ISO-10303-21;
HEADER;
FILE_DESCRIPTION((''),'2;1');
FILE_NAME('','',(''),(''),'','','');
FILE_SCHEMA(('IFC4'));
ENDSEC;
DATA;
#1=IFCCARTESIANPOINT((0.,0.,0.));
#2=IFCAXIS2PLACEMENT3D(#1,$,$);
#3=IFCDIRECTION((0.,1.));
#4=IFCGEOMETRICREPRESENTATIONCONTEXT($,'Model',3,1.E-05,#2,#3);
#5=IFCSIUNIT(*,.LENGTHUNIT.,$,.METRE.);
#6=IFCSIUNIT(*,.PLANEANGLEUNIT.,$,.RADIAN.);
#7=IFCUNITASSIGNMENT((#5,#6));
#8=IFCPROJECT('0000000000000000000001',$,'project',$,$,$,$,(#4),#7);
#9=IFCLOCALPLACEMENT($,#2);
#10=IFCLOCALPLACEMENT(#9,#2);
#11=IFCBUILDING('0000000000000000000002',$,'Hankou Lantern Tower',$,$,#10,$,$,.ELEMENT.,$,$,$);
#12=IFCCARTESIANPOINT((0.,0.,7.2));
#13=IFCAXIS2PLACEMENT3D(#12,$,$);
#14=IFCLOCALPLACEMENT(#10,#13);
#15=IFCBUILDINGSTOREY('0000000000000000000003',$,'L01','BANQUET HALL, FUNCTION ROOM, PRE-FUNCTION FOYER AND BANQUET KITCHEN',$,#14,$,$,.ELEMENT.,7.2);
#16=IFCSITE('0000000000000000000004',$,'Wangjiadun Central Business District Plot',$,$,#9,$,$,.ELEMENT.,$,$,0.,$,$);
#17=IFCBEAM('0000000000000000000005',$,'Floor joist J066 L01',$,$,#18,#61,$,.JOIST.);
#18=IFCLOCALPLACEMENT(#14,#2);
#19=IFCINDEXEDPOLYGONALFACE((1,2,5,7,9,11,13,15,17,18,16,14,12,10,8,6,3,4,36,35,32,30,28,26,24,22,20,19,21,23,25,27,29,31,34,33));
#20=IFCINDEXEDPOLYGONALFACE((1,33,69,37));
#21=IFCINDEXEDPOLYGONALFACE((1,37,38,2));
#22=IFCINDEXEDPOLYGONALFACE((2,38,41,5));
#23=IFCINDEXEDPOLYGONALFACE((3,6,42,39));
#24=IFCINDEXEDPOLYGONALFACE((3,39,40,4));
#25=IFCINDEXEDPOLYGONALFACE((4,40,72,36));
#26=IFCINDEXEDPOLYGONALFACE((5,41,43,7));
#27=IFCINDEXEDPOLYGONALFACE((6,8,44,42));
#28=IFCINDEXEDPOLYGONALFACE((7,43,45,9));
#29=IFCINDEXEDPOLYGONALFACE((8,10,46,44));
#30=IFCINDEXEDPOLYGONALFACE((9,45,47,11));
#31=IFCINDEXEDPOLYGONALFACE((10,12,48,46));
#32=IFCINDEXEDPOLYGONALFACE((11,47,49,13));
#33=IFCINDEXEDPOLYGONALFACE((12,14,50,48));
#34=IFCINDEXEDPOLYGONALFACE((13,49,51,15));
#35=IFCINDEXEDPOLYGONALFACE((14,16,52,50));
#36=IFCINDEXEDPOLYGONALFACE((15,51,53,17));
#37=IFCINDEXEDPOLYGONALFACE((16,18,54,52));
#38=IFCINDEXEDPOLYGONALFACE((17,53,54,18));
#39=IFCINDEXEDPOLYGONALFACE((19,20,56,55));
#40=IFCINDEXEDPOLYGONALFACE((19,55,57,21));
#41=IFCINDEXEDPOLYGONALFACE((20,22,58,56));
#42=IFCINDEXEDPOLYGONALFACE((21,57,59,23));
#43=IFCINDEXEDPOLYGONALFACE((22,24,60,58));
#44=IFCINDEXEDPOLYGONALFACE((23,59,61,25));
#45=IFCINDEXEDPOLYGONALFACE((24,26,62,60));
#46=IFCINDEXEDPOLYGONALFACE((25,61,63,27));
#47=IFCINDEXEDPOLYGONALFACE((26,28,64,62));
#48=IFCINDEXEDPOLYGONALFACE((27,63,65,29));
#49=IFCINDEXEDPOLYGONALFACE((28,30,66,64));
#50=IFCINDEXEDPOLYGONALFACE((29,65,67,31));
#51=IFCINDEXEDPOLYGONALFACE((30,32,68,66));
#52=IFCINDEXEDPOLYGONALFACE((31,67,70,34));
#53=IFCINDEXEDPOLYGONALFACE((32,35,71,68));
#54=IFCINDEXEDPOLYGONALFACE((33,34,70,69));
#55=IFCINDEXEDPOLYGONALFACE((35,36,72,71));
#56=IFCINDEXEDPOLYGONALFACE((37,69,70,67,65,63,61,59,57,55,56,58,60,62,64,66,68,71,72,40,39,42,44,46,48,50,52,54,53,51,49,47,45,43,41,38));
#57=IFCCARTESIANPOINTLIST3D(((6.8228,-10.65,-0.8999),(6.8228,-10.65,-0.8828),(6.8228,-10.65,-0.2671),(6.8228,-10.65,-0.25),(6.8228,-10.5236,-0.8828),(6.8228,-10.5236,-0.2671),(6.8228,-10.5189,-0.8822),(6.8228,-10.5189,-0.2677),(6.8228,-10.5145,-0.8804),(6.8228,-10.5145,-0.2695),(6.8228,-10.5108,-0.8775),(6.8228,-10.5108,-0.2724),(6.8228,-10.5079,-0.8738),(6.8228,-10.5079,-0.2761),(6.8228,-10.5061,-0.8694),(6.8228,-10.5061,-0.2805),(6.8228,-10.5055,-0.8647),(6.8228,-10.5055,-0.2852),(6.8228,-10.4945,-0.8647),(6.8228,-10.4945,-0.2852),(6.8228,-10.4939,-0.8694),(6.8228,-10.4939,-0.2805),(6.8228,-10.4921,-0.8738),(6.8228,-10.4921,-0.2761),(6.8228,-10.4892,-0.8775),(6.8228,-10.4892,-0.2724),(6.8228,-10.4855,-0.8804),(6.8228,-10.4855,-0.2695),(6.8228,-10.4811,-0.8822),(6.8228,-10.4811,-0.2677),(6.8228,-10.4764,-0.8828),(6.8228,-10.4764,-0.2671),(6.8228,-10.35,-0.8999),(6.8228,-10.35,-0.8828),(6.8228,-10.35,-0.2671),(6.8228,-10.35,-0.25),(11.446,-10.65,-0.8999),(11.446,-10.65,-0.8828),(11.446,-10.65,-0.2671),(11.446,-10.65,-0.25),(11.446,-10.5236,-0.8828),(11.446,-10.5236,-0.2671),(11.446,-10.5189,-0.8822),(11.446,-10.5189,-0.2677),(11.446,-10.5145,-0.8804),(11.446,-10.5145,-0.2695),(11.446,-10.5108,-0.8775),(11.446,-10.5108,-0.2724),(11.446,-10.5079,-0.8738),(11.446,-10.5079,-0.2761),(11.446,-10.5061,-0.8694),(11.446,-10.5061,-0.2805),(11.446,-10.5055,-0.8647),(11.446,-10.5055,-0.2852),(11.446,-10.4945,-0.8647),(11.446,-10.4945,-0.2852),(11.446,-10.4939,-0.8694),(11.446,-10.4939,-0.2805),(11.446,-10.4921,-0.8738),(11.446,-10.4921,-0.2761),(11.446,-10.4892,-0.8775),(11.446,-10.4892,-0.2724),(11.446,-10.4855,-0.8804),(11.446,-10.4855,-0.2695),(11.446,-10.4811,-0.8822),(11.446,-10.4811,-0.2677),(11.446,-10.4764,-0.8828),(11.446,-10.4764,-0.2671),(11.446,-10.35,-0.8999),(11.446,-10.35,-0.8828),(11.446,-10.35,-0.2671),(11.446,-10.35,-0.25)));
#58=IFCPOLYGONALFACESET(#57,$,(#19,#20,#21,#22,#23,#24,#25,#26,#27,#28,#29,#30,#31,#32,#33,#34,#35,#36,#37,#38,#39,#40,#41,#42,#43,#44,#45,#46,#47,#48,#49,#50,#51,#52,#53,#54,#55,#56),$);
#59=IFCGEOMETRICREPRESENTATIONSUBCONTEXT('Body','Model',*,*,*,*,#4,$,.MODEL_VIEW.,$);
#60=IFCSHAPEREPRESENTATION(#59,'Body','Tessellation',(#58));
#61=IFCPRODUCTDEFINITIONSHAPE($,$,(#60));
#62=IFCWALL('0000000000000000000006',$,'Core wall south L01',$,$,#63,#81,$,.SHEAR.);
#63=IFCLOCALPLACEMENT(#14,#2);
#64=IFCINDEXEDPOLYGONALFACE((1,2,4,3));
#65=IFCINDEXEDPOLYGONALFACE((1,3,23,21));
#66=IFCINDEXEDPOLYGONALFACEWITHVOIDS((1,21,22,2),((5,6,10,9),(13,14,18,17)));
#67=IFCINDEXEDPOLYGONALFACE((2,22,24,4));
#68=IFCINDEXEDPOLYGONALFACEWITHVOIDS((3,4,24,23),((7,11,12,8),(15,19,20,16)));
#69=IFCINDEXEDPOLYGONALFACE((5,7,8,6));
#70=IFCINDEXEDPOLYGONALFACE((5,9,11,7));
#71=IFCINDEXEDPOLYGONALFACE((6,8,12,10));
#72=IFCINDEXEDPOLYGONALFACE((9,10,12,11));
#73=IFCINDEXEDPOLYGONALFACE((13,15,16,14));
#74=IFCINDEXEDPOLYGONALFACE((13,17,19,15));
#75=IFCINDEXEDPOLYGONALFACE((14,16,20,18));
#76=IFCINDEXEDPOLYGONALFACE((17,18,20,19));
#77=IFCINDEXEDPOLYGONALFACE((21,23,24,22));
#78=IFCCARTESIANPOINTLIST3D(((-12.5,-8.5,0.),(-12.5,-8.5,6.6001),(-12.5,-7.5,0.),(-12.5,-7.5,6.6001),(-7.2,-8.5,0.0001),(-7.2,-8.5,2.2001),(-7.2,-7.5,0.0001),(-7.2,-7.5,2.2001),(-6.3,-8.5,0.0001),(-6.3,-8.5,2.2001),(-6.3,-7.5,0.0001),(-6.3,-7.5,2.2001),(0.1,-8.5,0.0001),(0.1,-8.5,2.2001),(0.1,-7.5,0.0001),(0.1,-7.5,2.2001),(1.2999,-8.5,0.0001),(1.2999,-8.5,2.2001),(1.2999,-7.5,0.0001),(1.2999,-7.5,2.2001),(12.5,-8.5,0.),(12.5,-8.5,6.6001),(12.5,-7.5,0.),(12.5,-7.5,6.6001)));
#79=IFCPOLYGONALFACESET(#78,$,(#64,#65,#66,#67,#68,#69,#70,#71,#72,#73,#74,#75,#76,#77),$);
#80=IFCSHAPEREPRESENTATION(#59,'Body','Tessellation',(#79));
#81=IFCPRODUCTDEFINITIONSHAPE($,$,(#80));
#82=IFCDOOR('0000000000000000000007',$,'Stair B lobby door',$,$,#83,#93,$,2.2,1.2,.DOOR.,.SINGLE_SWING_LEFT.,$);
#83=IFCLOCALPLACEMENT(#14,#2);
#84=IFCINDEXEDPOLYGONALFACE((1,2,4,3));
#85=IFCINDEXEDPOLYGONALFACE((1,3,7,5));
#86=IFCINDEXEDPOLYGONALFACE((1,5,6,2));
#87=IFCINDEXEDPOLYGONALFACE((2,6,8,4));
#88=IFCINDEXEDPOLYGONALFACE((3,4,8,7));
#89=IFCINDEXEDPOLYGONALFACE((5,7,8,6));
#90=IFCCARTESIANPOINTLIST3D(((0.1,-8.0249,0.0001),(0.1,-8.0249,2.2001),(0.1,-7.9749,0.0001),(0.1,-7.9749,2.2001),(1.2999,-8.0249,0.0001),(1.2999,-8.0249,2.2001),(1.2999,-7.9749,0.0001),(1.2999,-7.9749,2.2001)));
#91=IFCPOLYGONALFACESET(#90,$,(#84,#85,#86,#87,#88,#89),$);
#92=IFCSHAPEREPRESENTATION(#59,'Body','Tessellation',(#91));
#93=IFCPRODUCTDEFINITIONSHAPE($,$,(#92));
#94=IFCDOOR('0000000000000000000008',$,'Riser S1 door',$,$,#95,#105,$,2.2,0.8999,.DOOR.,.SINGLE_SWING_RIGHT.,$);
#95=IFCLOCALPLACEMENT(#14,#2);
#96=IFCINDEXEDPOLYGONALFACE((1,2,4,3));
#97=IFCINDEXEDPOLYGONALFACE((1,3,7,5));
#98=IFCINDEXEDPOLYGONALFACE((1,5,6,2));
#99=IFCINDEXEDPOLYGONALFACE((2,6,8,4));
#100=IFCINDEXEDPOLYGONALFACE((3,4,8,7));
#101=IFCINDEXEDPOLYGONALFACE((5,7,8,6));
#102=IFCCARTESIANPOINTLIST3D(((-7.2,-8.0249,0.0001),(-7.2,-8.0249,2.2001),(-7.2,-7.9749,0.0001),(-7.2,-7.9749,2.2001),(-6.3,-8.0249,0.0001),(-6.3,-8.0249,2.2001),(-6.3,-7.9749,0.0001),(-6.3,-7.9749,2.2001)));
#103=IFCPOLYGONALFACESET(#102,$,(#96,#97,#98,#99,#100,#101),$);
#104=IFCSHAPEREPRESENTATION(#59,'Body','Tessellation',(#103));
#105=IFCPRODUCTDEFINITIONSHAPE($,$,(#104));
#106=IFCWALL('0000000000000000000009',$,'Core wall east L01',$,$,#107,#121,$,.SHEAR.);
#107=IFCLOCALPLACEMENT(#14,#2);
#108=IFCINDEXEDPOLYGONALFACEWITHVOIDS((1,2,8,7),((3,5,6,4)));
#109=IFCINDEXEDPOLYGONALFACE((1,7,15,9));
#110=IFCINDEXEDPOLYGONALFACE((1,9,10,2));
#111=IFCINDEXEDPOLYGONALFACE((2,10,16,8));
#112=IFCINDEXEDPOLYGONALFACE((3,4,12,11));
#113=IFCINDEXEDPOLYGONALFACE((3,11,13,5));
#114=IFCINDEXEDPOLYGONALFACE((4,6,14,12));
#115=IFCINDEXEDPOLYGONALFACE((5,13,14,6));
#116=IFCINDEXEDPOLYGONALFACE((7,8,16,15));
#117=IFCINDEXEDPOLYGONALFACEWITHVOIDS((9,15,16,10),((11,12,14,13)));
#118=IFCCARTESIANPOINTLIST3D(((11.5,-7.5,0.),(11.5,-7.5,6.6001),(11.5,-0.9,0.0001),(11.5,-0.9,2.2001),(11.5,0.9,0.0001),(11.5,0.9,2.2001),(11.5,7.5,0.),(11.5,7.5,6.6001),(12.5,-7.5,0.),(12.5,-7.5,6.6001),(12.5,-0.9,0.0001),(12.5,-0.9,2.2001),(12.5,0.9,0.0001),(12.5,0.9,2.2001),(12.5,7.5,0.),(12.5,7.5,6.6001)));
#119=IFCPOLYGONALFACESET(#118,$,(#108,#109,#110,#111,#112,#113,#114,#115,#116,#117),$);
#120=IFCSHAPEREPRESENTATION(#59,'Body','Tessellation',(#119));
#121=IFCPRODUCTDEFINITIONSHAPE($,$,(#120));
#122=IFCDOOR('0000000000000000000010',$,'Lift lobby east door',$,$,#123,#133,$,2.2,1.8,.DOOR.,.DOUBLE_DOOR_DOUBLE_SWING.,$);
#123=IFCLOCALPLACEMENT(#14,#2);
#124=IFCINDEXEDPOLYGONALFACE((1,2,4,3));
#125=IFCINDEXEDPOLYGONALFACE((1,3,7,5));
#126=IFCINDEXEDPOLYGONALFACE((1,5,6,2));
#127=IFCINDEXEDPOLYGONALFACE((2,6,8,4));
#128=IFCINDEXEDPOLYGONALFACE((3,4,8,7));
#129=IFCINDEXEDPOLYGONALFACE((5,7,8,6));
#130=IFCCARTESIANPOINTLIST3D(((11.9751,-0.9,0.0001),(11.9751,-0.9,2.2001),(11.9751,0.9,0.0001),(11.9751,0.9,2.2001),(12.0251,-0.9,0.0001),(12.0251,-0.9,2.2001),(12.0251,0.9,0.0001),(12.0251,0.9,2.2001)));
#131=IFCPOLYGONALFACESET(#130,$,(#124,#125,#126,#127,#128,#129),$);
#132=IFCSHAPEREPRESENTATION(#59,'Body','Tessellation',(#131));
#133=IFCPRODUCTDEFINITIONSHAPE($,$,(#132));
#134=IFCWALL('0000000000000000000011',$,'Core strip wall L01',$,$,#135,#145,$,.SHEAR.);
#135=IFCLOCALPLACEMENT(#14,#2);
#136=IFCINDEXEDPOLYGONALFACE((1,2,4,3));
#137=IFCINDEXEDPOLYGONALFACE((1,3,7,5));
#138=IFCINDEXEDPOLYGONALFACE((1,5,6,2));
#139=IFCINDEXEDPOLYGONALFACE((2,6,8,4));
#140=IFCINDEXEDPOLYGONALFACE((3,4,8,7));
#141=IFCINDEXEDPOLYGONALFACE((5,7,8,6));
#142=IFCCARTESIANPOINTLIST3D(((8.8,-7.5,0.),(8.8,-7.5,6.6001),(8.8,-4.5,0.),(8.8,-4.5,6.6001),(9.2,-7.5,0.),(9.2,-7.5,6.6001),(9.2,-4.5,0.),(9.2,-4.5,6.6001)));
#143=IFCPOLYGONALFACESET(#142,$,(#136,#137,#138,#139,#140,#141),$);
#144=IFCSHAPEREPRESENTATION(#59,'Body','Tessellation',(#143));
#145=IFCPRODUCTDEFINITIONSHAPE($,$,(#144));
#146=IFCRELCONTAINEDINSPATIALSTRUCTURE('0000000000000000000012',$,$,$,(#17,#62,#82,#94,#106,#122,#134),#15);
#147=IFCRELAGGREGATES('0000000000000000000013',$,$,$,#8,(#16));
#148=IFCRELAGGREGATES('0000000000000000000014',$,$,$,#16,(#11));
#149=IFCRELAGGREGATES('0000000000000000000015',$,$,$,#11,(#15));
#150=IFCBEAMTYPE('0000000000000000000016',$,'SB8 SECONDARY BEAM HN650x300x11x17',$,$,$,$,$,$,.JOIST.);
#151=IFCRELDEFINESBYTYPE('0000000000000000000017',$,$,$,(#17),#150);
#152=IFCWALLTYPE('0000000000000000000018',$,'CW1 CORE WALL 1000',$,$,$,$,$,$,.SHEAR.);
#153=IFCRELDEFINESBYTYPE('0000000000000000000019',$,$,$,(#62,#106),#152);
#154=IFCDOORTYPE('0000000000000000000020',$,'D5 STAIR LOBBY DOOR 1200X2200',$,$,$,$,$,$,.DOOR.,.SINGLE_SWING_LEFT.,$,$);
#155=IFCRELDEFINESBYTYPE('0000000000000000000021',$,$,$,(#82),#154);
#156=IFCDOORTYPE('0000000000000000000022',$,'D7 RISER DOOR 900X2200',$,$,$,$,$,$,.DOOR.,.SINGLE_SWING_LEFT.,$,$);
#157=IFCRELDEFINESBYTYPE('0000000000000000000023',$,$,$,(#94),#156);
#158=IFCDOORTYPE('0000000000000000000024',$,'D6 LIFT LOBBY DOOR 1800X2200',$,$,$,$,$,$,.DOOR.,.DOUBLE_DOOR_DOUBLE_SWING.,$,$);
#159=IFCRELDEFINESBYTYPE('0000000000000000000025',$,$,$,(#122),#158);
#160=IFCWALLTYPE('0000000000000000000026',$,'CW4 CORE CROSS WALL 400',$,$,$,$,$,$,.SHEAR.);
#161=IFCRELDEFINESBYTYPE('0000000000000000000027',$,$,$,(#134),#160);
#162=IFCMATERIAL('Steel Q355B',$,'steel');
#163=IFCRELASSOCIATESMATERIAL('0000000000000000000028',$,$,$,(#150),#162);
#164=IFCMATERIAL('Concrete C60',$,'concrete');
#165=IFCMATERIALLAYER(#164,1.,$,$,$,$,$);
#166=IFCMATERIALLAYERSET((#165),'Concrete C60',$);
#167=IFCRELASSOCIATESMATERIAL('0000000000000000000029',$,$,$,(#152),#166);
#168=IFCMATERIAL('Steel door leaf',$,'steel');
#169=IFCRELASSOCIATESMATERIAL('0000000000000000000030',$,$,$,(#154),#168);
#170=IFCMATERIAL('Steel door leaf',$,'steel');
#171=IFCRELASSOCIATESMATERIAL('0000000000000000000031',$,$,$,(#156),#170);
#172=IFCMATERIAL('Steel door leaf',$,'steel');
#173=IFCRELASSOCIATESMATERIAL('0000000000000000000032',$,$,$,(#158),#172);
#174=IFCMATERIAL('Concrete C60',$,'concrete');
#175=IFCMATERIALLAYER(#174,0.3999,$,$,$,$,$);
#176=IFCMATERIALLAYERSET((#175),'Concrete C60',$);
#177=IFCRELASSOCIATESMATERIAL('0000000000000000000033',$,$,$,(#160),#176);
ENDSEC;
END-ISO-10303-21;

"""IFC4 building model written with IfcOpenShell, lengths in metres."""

from ifc_helpers import new_model, si_unit, direction, frame, frame_2d, origin, origin_2d, place, context, subcontext, project, spatial, rectangle, i_section, extrude, material, layer, layer_set, material_profile, profile_set, type_object, element, fill, save


model = new_model("IFC4")

# Units and contexts
model_context = context("Model", 3, precision=1e-05, world=origin(), true_north=direction((0.0, 1.0)))
body_context = subcontext(model_context, "Body", "Model", "MODEL_VIEW")
ifc_project = project(units=[si_unit("LENGTHUNIT", "METRE"), si_unit("PLANEANGLEUNIT", "RADIAN")], contexts=[model_context])

# Site, building, storey
site_placement = place(None, origin())
site = spatial("IfcSite", under=ifc_project, at=site_placement, Name="Wangjiadun Central Business District Plot", CompositionType="ELEMENT", RefElevation=0.0)
building_placement = place(site_placement, origin())
building = spatial("IfcBuilding", under=site, at=building_placement, Name="Hankou Lantern Tower", CompositionType="ELEMENT")
storey_placement = place(building_placement, frame((0.0, 0.0, 7.2)))
storey = spatial("IfcBuildingStorey", under=building, at=storey_placement, Name="L01", Description="BANQUET HALL, FUNCTION ROOM, PRE-FUNCTION FOYER AND BANQUET KITCHEN", CompositionType="ELEMENT", Elevation=7.2)

# Beam
ifc_material_1 = material(Name="Steel Q355B", Category="steel")
ifc_material_profile_1 = material_profile(ifc_material_1, i_section(OverallWidth=0.3, OverallDepth=0.6499, WebThickness=0.011, FlangeThickness=0.0171, FilletRadius=0.0181, at=origin_2d()), Name="HN650x300x11x17")
ifc_profile_set_1 = profile_set([ifc_material_profile_1], Name="Steel Q355B")
beam_type_1 = type_object("IfcBeamType", Name="SB8 SECONDARY BEAM HN650x300x11x17", PredefinedType="JOIST", material=ifc_profile_set_1)
beam_1_placement = place(storey_placement, frame((6.8228, -10.5, -0.575), z_axis=(1.0, 0.0, 0.0), x_axis=(0.0, 1.0, 0.0)))
element("IfcBeam", 1, at=beam_1_placement, inside=storey, type_object=beam_type_1, Name="Floor joist J066 L01", PredefinedType="JOIST", context=body_context, shape_type="SweptSolid", body=[
    extrude(i_section(OverallWidth=0.3, OverallDepth=0.6499, WebThickness=0.011, FlangeThickness=0.0171, FilletRadius=0.0181, at=origin_2d()), origin(), (0.0, 0.0, 1.0), 4.6233),
])

# Wall, openings, doors
ifc_material_2 = material(Name="Concrete C60", Category="concrete")
ifc_layer_1 = layer(ifc_material_2, 1.0)
ifc_layer_set_1 = layer_set([ifc_layer_1], Name="Concrete C60")
wall_type_1 = type_object("IfcWallType", Name="CW1 CORE WALL 1000", PredefinedType="SHEAR", material=ifc_layer_set_1)
wall_1_placement = place(storey_placement, frame((12.5, -8.0, 0.0), z_axis=(0.0, 0.0, 1.0), x_axis=(-1.0, 0.0, 0.0)))
wall_1 = element("IfcWall", 2, at=wall_1_placement, inside=storey, type_object=wall_type_1, Name="Core wall south L01", PredefinedType="SHEAR", context=body_context, shape_type="SweptSolid", body=[
    extrude(rectangle(XDim=25.0, YDim=1.0, at=frame_2d((12.5, 0.0))), origin(), (0.0, 0.0, 1.0), 6.6001),
])
opening_1_placement = place(wall_1_placement, frame((11.2, 0.0, 0.0)))
opening_1 = element("IfcOpeningElement", 3, at=opening_1_placement, cuts=wall_1, PredefinedType="OPENING", context=body_context, shape_type="SweptSolid", body=[
    extrude(rectangle(XDim=1.2, YDim=2.2, at=frame_2d((0.6001, 1.1001))), frame((0.0, 0.51, 0.0), z_axis=(0.0, -1.0, 0.0), x_axis=(1.0, 0.0, 0.0)), (0.0, 0.0, 1.0), 1.02),
])
opening_2_placement = place(wall_1_placement, frame((18.8, 0.0, 0.0)))
opening_2 = element("IfcOpeningElement", 4, at=opening_2_placement, cuts=wall_1, PredefinedType="OPENING", context=body_context, shape_type="SweptSolid", body=[
    extrude(rectangle(XDim=0.8999, YDim=2.2, at=frame_2d((0.45, 1.1001))), frame((0.0, 0.51, 0.0), z_axis=(0.0, -1.0, 0.0), x_axis=(1.0, 0.0, 0.0)), (0.0, 0.0, 1.0), 1.02),
])
ifc_material_3 = material(Name="Steel door leaf", Category="steel")
door_type_1 = type_object("IfcDoorType", Name="D5 STAIR LOBBY DOOR 1200X2200", OperationType="SINGLE_SWING_LEFT", PredefinedType="DOOR", material=ifc_material_3)
door_1_placement = place(opening_1_placement, origin())
door_1 = element("IfcDoor", 5, at=door_1_placement, inside=storey, type_object=door_type_1, Name="Stair B lobby door", OperationType="SINGLE_SWING_LEFT", OverallHeight=2.2, OverallWidth=1.2, PredefinedType="DOOR", context=body_context, shape_type="SweptSolid", body=[
    extrude(rectangle(XDim=1.2, YDim=2.2, at=frame_2d((0.6001, 1.1001))), frame((0.0, 0.0249, 0.0), z_axis=(0.0, -1.0, 0.0), x_axis=(1.0, 0.0, 0.0)), (0.0, 0.0, 1.0), 0.05),
])
fill(opening_1, door_1)
ifc_material_4 = material(Name="Steel door leaf", Category="steel")
door_type_2 = type_object("IfcDoorType", Name="D7 RISER DOOR 900X2200", OperationType="SINGLE_SWING_LEFT", PredefinedType="DOOR", material=ifc_material_4)
door_2_placement = place(opening_2_placement, origin())
door_2 = element("IfcDoor", 6, at=door_2_placement, inside=storey, type_object=door_type_2, Name="Riser S1 door", OperationType="SINGLE_SWING_RIGHT", OverallHeight=2.2, OverallWidth=0.8999, PredefinedType="DOOR", context=body_context, shape_type="SweptSolid", body=[
    extrude(rectangle(XDim=0.8999, YDim=2.2, at=frame_2d((0.45, 1.1001))), frame((0.0, 0.0249, 0.0), z_axis=(0.0, -1.0, 0.0), x_axis=(1.0, 0.0, 0.0)), (0.0, 0.0, 1.0), 0.05),
])
fill(opening_2, door_2)

# Wall, opening, door
wall_2_placement = place(storey_placement, frame((12.0, -7.5, 0.0), z_axis=(0.0, 0.0, 1.0), x_axis=(0.0, 1.0, 0.0)))
wall_2 = element("IfcWall", 7, at=wall_2_placement, inside=storey, type_object=wall_type_1, Name="Core wall east L01", PredefinedType="SHEAR", context=body_context, shape_type="SweptSolid", body=[
    extrude(rectangle(XDim=15.0, YDim=1.0, at=frame_2d((7.5, 0.0))), origin(), (0.0, 0.0, 1.0), 6.6001),
])
opening_3_placement = place(wall_2_placement, frame((6.6001, 0.0, 0.0)))
opening_3 = element("IfcOpeningElement", 8, at=opening_3_placement, cuts=wall_2, PredefinedType="OPENING", context=body_context, shape_type="SweptSolid", body=[
    extrude(rectangle(XDim=1.8, YDim=2.2, at=frame_2d((0.8999, 1.1001))), frame((0.0, 0.51, 0.0), z_axis=(0.0, -1.0, 0.0), x_axis=(1.0, 0.0, 0.0)), (0.0, 0.0, 1.0), 1.02),
])
ifc_material_5 = material(Name="Steel door leaf", Category="steel")
door_type_3 = type_object("IfcDoorType", Name="D6 LIFT LOBBY DOOR 1800X2200", OperationType="DOUBLE_DOOR_DOUBLE_SWING", PredefinedType="DOOR", material=ifc_material_5)
door_3_placement = place(opening_3_placement, origin())
door_3 = element("IfcDoor", 9, at=door_3_placement, inside=storey, type_object=door_type_3, Name="Lift lobby east door", OperationType="DOUBLE_DOOR_DOUBLE_SWING", OverallHeight=2.2, OverallWidth=1.8, PredefinedType="DOOR", context=body_context, shape_type="SweptSolid", body=[
    extrude(rectangle(XDim=1.8, YDim=2.2, at=frame_2d((0.8999, 1.1001))), frame((0.0, 0.0249, 0.0), z_axis=(0.0, -1.0, 0.0), x_axis=(1.0, 0.0, 0.0)), (0.0, 0.0, 1.0), 0.05),
])
fill(opening_3, door_3)

# Wall
ifc_material_6 = material(Name="Concrete C60", Category="concrete")
ifc_layer_2 = layer(ifc_material_6, 0.3999)
ifc_layer_set_2 = layer_set([ifc_layer_2], Name="Concrete C60")
wall_type_2 = type_object("IfcWallType", Name="CW4 CORE CROSS WALL 400", PredefinedType="SHEAR", material=ifc_layer_set_2)
wall_3_placement = place(storey_placement, frame((9.0, -7.5, 0.0), z_axis=(0.0, 0.0, 1.0), x_axis=(0.0, 1.0, 0.0)))
element("IfcWall", 10, at=wall_3_placement, inside=storey, type_object=wall_type_2, Name="Core strip wall L01", PredefinedType="SHEAR", context=body_context, shape_type="SweptSolid", body=[
    extrude(rectangle(XDim=3.0, YDim=0.3999, at=frame_2d((1.5, 0.0))), origin(), (0.0, 0.0, 1.0), 6.6001),
])

save(model, "model.ifc")
